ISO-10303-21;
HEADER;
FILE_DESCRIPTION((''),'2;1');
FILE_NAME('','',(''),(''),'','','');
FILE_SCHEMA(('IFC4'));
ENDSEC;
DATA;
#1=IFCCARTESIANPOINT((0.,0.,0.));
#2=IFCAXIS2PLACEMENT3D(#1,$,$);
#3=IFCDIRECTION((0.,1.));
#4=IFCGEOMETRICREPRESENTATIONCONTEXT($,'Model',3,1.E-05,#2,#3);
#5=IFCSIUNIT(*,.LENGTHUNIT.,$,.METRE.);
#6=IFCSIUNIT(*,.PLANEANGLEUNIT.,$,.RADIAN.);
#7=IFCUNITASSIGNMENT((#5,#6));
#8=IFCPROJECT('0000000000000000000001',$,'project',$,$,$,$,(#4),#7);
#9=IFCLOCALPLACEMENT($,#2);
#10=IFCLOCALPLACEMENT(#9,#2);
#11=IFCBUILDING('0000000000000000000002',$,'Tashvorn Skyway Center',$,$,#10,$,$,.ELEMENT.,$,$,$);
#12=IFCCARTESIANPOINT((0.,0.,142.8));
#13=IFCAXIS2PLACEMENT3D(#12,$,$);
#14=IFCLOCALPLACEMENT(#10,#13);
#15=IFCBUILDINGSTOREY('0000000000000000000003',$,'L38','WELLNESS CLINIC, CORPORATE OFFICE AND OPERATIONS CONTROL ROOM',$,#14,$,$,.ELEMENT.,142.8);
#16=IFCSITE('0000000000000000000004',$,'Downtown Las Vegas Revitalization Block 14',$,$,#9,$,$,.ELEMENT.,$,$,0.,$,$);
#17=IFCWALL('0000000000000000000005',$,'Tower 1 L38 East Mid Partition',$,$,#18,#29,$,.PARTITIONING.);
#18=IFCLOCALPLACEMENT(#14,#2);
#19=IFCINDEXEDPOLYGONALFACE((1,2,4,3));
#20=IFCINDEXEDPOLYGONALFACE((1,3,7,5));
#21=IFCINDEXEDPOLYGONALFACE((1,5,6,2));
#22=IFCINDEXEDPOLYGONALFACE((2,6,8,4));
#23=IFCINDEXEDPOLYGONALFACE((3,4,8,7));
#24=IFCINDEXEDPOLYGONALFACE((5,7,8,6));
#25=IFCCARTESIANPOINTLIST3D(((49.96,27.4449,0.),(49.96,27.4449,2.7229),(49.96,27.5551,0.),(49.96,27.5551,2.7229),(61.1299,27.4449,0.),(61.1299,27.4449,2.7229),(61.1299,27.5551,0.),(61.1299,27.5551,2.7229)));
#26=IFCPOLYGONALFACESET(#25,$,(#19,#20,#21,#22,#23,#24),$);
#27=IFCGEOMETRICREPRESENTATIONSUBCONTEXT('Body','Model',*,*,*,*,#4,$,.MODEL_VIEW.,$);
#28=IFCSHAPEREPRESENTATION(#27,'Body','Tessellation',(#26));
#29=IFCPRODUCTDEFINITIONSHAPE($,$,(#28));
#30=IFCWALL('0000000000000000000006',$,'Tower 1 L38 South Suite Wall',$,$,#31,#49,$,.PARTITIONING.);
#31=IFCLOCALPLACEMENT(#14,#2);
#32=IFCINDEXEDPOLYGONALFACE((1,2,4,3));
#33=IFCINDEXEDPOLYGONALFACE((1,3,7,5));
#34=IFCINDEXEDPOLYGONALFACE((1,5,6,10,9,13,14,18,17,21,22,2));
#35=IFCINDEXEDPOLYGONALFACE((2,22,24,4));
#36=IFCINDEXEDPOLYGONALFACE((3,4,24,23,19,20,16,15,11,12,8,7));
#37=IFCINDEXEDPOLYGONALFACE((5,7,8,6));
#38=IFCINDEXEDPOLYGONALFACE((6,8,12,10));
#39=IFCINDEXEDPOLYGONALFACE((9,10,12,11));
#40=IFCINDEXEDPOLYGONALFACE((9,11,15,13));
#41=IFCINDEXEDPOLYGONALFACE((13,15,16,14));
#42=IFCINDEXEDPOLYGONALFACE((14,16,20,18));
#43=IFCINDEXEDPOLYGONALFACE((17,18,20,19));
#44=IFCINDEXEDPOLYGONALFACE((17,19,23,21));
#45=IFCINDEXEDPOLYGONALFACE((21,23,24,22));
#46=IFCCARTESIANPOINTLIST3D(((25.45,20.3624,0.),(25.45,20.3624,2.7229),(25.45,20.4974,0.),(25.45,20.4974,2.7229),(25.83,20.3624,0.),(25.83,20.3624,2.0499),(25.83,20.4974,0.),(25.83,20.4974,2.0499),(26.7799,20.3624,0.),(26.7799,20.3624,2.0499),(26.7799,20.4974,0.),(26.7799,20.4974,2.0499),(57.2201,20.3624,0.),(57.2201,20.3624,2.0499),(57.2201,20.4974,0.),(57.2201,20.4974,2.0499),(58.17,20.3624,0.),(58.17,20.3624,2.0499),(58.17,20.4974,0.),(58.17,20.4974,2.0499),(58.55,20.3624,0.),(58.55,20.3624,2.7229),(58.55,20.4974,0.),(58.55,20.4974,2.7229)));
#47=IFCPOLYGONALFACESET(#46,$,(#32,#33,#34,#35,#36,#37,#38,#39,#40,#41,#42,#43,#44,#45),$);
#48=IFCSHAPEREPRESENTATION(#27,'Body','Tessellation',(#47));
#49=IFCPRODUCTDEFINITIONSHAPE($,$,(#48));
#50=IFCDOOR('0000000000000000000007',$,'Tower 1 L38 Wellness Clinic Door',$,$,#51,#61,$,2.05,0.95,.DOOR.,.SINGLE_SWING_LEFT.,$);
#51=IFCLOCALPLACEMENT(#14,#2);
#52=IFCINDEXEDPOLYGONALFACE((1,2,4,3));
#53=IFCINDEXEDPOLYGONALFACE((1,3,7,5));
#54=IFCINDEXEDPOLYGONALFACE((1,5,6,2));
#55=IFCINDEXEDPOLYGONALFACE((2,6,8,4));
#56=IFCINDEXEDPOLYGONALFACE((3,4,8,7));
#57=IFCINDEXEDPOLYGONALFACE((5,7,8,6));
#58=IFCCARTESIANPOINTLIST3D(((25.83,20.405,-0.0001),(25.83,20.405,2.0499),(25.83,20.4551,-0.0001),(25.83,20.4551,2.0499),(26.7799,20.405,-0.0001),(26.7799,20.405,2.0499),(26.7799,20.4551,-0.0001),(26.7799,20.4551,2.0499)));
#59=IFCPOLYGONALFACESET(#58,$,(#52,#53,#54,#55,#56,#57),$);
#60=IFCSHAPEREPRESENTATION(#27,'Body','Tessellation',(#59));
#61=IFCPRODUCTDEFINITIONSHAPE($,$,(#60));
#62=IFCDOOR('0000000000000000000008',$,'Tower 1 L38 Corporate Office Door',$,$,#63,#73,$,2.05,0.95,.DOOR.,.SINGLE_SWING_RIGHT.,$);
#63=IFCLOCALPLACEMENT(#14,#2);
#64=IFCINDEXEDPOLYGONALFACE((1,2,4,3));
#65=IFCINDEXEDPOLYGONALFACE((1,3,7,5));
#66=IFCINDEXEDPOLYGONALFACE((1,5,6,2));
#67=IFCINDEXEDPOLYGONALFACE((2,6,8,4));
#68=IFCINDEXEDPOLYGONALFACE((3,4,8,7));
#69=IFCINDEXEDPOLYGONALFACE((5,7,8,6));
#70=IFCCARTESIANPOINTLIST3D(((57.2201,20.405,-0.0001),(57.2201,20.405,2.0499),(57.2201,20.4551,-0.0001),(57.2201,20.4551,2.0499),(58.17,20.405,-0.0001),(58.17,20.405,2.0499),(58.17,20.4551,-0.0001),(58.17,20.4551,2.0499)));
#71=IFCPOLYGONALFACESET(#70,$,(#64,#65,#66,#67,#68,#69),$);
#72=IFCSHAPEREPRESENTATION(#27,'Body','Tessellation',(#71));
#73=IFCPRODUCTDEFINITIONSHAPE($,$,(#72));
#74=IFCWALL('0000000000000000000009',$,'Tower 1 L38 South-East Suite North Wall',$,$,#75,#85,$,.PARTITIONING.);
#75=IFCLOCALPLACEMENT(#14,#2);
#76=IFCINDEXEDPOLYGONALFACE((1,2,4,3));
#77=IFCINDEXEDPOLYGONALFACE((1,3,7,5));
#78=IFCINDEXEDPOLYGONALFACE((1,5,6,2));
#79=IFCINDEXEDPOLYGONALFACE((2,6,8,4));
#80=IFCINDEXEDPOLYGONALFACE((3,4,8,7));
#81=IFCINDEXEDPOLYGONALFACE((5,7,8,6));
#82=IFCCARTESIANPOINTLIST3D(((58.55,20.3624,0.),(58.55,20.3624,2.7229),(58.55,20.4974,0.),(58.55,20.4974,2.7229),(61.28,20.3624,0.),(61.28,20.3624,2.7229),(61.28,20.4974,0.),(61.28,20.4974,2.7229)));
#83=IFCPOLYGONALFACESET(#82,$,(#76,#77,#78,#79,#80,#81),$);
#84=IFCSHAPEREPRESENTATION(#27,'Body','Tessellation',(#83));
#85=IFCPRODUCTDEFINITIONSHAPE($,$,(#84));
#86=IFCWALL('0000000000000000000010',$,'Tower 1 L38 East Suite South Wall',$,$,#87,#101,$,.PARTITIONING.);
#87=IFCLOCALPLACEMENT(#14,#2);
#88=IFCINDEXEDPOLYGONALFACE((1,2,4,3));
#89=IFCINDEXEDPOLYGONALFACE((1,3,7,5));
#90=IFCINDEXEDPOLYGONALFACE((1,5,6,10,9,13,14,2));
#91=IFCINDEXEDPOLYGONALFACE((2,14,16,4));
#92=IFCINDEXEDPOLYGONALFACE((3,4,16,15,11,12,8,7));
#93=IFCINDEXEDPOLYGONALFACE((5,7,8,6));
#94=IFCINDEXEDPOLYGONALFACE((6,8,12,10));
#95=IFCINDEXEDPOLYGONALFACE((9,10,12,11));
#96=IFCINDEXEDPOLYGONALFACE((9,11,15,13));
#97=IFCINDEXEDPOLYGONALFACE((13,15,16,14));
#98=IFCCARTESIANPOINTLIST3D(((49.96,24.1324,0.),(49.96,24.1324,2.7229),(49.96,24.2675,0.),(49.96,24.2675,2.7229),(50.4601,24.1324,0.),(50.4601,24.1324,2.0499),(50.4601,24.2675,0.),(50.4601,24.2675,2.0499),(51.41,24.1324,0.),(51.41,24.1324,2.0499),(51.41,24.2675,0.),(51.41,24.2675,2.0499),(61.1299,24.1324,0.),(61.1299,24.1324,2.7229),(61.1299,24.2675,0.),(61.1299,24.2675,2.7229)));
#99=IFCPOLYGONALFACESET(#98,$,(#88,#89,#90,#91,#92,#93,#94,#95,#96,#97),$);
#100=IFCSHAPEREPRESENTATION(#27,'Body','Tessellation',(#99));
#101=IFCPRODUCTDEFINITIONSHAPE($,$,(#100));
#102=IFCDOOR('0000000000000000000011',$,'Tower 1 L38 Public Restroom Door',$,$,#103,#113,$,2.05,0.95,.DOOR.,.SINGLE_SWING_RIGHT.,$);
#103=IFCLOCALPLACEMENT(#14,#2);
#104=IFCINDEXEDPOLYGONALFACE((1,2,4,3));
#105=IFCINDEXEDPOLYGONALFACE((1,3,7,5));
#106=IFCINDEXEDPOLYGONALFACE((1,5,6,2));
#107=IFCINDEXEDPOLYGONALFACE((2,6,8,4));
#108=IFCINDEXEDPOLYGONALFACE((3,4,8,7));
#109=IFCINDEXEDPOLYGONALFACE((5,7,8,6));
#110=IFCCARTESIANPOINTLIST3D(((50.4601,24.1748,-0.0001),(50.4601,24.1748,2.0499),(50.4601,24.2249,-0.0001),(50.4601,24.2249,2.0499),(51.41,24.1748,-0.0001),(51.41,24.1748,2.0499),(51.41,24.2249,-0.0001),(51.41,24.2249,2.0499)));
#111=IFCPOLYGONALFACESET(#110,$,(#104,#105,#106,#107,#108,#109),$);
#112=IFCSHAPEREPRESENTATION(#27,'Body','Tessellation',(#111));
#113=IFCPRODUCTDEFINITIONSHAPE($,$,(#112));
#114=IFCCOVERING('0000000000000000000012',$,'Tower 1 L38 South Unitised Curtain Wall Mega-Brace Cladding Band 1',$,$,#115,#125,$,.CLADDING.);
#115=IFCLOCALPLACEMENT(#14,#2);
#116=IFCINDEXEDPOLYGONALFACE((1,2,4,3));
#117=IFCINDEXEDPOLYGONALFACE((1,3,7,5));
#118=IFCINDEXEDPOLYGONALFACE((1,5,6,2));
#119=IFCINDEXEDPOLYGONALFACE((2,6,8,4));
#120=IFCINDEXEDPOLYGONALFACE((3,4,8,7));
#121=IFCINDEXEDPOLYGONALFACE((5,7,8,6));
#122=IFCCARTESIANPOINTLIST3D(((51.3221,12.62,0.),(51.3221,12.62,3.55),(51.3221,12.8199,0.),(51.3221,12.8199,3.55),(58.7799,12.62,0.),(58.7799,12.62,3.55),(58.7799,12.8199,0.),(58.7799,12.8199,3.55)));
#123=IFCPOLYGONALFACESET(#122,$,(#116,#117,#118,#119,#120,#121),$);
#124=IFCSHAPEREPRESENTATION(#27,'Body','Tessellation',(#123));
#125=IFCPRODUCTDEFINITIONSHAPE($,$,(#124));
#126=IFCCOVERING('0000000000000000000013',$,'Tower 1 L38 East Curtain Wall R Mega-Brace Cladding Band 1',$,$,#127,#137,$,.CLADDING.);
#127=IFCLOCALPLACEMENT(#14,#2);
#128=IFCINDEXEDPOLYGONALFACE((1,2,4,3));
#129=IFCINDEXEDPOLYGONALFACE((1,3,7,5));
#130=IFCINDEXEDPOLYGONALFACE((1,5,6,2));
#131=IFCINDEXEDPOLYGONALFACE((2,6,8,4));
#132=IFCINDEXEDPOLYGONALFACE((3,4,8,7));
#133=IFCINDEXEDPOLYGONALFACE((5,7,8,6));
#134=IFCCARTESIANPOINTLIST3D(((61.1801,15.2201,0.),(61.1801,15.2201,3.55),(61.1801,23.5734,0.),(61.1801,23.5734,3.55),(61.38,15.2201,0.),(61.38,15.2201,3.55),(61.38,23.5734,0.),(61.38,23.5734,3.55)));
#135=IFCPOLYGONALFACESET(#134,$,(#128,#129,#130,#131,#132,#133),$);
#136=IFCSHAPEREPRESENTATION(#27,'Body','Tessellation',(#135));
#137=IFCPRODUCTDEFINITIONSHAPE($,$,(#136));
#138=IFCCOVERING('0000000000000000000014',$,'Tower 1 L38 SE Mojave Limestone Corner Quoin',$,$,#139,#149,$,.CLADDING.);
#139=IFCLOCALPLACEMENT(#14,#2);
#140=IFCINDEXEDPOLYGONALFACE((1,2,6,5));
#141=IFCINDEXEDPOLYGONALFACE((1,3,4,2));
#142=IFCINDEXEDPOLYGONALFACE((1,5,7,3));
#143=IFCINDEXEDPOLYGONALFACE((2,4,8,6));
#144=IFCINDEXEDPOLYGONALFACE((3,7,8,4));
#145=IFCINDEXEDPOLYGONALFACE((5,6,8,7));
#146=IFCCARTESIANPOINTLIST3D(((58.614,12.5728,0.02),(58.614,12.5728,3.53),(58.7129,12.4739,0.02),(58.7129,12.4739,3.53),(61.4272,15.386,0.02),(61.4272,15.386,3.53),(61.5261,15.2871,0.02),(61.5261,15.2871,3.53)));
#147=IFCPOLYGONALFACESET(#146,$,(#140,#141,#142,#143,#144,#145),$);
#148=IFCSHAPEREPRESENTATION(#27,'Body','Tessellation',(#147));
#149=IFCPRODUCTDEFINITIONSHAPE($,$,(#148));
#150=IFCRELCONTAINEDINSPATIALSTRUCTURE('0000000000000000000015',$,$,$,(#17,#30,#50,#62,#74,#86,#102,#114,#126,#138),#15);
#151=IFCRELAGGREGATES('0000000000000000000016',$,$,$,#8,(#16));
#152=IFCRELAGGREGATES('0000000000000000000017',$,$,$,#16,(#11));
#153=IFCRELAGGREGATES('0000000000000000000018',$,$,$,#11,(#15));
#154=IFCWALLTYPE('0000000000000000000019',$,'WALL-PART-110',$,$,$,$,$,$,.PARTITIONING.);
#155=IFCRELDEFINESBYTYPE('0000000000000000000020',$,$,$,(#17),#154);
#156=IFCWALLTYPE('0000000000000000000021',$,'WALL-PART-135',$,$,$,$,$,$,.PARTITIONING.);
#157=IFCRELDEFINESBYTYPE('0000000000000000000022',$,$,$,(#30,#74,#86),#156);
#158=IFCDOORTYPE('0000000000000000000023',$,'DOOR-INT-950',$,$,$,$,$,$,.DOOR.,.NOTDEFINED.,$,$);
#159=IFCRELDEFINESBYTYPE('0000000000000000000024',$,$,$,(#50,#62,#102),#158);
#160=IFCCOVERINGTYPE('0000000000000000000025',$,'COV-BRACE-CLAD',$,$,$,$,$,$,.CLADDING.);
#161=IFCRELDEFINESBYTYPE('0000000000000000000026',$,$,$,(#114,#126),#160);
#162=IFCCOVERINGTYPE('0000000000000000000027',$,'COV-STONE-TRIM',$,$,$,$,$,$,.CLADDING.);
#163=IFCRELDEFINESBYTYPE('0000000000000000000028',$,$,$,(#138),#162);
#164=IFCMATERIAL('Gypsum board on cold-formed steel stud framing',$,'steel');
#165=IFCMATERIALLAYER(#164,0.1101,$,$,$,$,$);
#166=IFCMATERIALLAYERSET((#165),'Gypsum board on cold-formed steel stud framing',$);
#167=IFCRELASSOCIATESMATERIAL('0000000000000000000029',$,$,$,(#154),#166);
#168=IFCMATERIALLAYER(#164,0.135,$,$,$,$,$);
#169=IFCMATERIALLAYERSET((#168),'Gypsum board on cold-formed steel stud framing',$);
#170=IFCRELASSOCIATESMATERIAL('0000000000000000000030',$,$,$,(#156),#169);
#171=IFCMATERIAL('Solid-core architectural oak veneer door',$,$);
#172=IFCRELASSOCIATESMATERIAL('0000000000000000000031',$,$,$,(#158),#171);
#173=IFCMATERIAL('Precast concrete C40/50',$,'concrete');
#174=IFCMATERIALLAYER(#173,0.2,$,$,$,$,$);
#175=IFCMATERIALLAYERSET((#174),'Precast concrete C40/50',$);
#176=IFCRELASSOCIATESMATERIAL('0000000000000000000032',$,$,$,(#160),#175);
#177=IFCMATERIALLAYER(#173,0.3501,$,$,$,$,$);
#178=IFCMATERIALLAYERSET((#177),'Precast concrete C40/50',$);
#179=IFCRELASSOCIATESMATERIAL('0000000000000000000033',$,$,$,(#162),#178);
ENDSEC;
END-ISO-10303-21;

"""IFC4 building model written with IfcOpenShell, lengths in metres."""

from ifc_helpers import new_model, si_unit, direction, frame, frame_2d, origin, origin_2d, place, context, subcontext, project, spatial, rectangle, extrude, material, layer, layer_set, type_object, element, fill, save


model = new_model("IFC4")

# Units and contexts
model_context = context("Model", 3, precision=1e-05, world=origin(), true_north=direction((0.0, 1.0)))
body_context = subcontext(model_context, "Body", "Model", "MODEL_VIEW")
ifc_project = project(units=[si_unit("LENGTHUNIT", "METRE"), si_unit("PLANEANGLEUNIT", "RADIAN")], contexts=[model_context])

# Site, building, storey
site_placement = place(None, origin())
site = spatial("IfcSite", under=ifc_project, at=site_placement, Name="Downtown Las Vegas Revitalization Block 14", CompositionType="ELEMENT", RefElevation=0.0)
building_placement = place(site_placement, origin())
building = spatial("IfcBuilding", under=site, at=building_placement, Name="Tashvorn Skyway Center", CompositionType="ELEMENT")
storey_placement = place(building_placement, frame((0.0, 0.0, 142.8)))
storey = spatial("IfcBuildingStorey", under=building, at=storey_placement, Name="L38", Description="WELLNESS CLINIC, CORPORATE OFFICE AND OPERATIONS CONTROL ROOM", CompositionType="ELEMENT", Elevation=142.8)

# Wall
ifc_material_1 = material(Name="Precast concrete C40/50", Category="concrete")
ifc_material_2 = material(Name="Gypsum board on cold-formed steel stud framing", Category="steel")
ifc_layer_1 = layer(ifc_material_2, 0.1101)
ifc_layer_set_1 = layer_set([ifc_layer_1], Name="Gypsum board on cold-formed steel stud framing")
wall_type_1 = type_object("IfcWallType", Name="WALL-PART-110", PredefinedType="PARTITIONING", material=ifc_layer_set_1)
wall_1_placement = place(storey_placement, frame((49.96, 27.5, 0.0), z_axis=(0.0, 0.0, 1.0), x_axis=(1.0, 0.0, 0.0)))
element("IfcWall", 1, at=wall_1_placement, inside=storey, type_object=wall_type_1, Name="Tower 1 L38 East Mid Partition", PredefinedType="PARTITIONING", context=body_context, shape_type="SweptSolid", body=[
    extrude(rectangle(XDim=11.1699, YDim=0.1101, at=frame_2d((5.585, 0.0))), origin(), (0.0, 0.0, 1.0), 2.7229),
])

# Wall, openings, doors
ifc_layer_2 = layer(ifc_material_2, 0.135)
ifc_layer_set_2 = layer_set([ifc_layer_2], Name="Gypsum board on cold-formed steel stud framing")
wall_type_2 = type_object("IfcWallType", Name="WALL-PART-135", PredefinedType="PARTITIONING", material=ifc_layer_set_2)
wall_2_placement = place(storey_placement, frame((58.55, 20.4299, 0.0), z_axis=(0.0, 0.0, 1.0), x_axis=(-1.0, 0.0, 0.0)))
wall_2 = element("IfcWall", 2, at=wall_2_placement, inside=storey, type_object=wall_type_2, Name="Tower 1 L38 South Suite Wall", PredefinedType="PARTITIONING", context=body_context, shape_type="SweptSolid", body=[
    extrude(rectangle(XDim=33.1001, YDim=0.135, at=frame_2d((16.55, 0.0))), origin(), (0.0, 0.0, 1.0), 2.7229),
])
opening_1_placement = place(wall_2_placement, frame((31.77, 0.0, 0.0)))
opening_1 = element("IfcOpeningElement", 3, at=opening_1_placement, cuts=wall_2, PredefinedType="OPENING", context=body_context, shape_type="SweptSolid", body=[
    extrude(rectangle(XDim=0.95, YDim=2.05, at=frame_2d((0.4751, 1.0249))), frame((0.0, 0.0774, 0.0), z_axis=(0.0, -1.0, 0.0), x_axis=(1.0, 0.0, 0.0)), (0.0, 0.0, 1.0), 0.155),
])
opening_2_placement = place(wall_2_placement, frame((0.3799, 0.0, 0.0)))
opening_2 = element("IfcOpeningElement", 4, at=opening_2_placement, cuts=wall_2, PredefinedType="OPENING", context=body_context, shape_type="SweptSolid", body=[
    extrude(rectangle(XDim=0.95, YDim=2.05, at=frame_2d((0.4751, 1.0249))), frame((0.0, 0.0774, 0.0), z_axis=(0.0, -1.0, 0.0), x_axis=(1.0, 0.0, 0.0)), (0.0, 0.0, 1.0), 0.155),
])
ifc_material_3 = material(Name="Solid-core architectural oak veneer door")
door_type_1 = type_object("IfcDoorType", Name="DOOR-INT-950", OperationType="NOTDEFINED", PredefinedType="DOOR", material=ifc_material_3)
door_1_placement = place(opening_1_placement, origin())
door_1 = element("IfcDoor", 5, at=door_1_placement, inside=storey, type_object=door_type_1, Name="Tower 1 L38 Wellness Clinic Door", OperationType="SINGLE_SWING_LEFT", OverallHeight=2.05, OverallWidth=0.95, PredefinedType="DOOR", context=body_context, shape_type="SweptSolid", body=[
    extrude(rectangle(XDim=0.95, YDim=2.05, at=frame_2d((0.4751, 1.0249))), frame((0.0, 0.0249, 0.0), z_axis=(0.0, -1.0, 0.0), x_axis=(1.0, 0.0, 0.0)), (0.0, 0.0, 1.0), 0.05),
])
fill(opening_1, door_1)
door_2_placement = place(opening_2_placement, origin())
door_2 = element("IfcDoor", 6, at=door_2_placement, inside=storey, type_object=door_type_1, Name="Tower 1 L38 Corporate Office Door", OperationType="SINGLE_SWING_RIGHT", OverallHeight=2.05, OverallWidth=0.95, PredefinedType="DOOR", context=body_context, shape_type="SweptSolid", body=[
    extrude(rectangle(XDim=0.95, YDim=2.05, at=frame_2d((0.4751, 1.0249))), frame((0.0, 0.0249, 0.0), z_axis=(0.0, -1.0, 0.0), x_axis=(1.0, 0.0, 0.0)), (0.0, 0.0, 1.0), 0.05),
])
fill(opening_2, door_2)

# Wall
wall_3_placement = place(storey_placement, frame((58.55, 20.4299, 0.0), z_axis=(0.0, 0.0, 1.0), x_axis=(1.0, 0.0, 0.0)))
element("IfcWall", 7, at=wall_3_placement, inside=storey, type_object=wall_type_2, Name="Tower 1 L38 South-East Suite North Wall", PredefinedType="PARTITIONING", context=body_context, shape_type="SweptSolid", body=[
    extrude(rectangle(XDim=2.73, YDim=0.135, at=frame_2d((1.365, 0.0))), origin(), (0.0, 0.0, 1.0), 2.7229),
])

# Wall, opening, door
wall_4_placement = place(storey_placement, frame((49.96, 24.2, 0.0), z_axis=(0.0, 0.0, 1.0), x_axis=(1.0, 0.0, 0.0)))
wall_4 = element("IfcWall", 8, at=wall_4_placement, inside=storey, type_object=wall_type_2, Name="Tower 1 L38 East Suite South Wall", PredefinedType="PARTITIONING", context=body_context, shape_type="SweptSolid", body=[
    extrude(rectangle(XDim=11.1699, YDim=0.135, at=frame_2d((5.585, 0.0))), origin(), (0.0, 0.0, 1.0), 2.7229),
])
opening_3_placement = place(wall_4_placement, frame((0.5, 0.0, 0.0)))
opening_3 = element("IfcOpeningElement", 9, at=opening_3_placement, cuts=wall_4, PredefinedType="OPENING", context=body_context, shape_type="SweptSolid", body=[
    extrude(rectangle(XDim=0.95, YDim=2.05, at=frame_2d((0.4751, 1.0249))), frame((0.0, 0.0774, 0.0), z_axis=(0.0, -1.0, 0.0), x_axis=(1.0, 0.0, 0.0)), (0.0, 0.0, 1.0), 0.155),
])
door_3_placement = place(opening_3_placement, origin())
door_3 = element("IfcDoor", 10, at=door_3_placement, inside=storey, type_object=door_type_1, Name="Tower 1 L38 Public Restroom Door", OperationType="SINGLE_SWING_RIGHT", OverallHeight=2.05, OverallWidth=0.95, PredefinedType="DOOR", context=body_context, shape_type="SweptSolid", body=[
    extrude(rectangle(XDim=0.95, YDim=2.05, at=frame_2d((0.4751, 1.0249))), frame((0.0, 0.0249, 0.0), z_axis=(0.0, -1.0, 0.0), x_axis=(1.0, 0.0, 0.0)), (0.0, 0.0, 1.0), 0.05),
])
fill(opening_3, door_3)

# Coverings
ifc_layer_3 = layer(ifc_material_1, 0.2)
ifc_layer_set_3 = layer_set([ifc_layer_3], Name="Precast concrete C40/50")
covering_type_1 = type_object("IfcCoveringType", Name="COV-BRACE-CLAD", PredefinedType="CLADDING", material=ifc_layer_set_3)
covering_1_placement = place(storey_placement, frame((55.051, 12.72, 0.0), z_axis=(0.0, 0.0, 1.0), x_axis=(-1.0, 0.0, 0.0)))
element("IfcCovering", 11, at=covering_1_placement, inside=storey, type_object=covering_type_1, Name="Tower 1 L38 South Unitised Curtain Wall Mega-Brace Cladding Band 1", PredefinedType="CLADDING", context=body_context, shape_type="SweptSolid", body=[
    extrude(rectangle(XDim=7.4578, YDim=0.2, at=origin_2d()), origin(), (0.0, 0.0, 1.0), 3.55),
])
covering_2_placement = place(storey_placement, frame((61.28, 19.3967, 0.0), z_axis=(0.0, 0.0, 1.0), x_axis=(0.0, -1.0, 0.0)))
element("IfcCovering", 12, at=covering_2_placement, inside=storey, type_object=covering_type_1, Name="Tower 1 L38 East Curtain Wall R Mega-Brace Cladding Band 1", PredefinedType="CLADDING", context=body_context, shape_type="SweptSolid", body=[
    extrude(rectangle(XDim=8.3533, YDim=0.2, at=origin_2d()), origin(), (0.0, 0.0, 1.0), 3.55),
])
ifc_layer_4 = layer(ifc_material_1, 0.3501)
ifc_layer_set_4 = layer_set([ifc_layer_4], Name="Precast concrete C40/50")
covering_type_2 = type_object("IfcCoveringType", Name="COV-STONE-TRIM", PredefinedType="CLADDING", material=ifc_layer_set_4)
covering_3_placement = place(storey_placement, frame((60.0701, 13.9299, 0.02), z_axis=(0.0, 0.0, 1.0), x_axis=(0.707107, 0.707107, 0.0)))
element("IfcCovering", 13, at=covering_3_placement, inside=storey, type_object=covering_type_2, Name="Tower 1 L38 SE Mojave Limestone Corner Quoin", PredefinedType="CLADDING", context=body_context, shape_type="SweptSolid", body=[
    extrude(rectangle(XDim=3.9785, YDim=0.1399, at=origin_2d()), origin(), (0.0, 0.0, 1.0), 3.51),
])

save(model, "model.ifc")
